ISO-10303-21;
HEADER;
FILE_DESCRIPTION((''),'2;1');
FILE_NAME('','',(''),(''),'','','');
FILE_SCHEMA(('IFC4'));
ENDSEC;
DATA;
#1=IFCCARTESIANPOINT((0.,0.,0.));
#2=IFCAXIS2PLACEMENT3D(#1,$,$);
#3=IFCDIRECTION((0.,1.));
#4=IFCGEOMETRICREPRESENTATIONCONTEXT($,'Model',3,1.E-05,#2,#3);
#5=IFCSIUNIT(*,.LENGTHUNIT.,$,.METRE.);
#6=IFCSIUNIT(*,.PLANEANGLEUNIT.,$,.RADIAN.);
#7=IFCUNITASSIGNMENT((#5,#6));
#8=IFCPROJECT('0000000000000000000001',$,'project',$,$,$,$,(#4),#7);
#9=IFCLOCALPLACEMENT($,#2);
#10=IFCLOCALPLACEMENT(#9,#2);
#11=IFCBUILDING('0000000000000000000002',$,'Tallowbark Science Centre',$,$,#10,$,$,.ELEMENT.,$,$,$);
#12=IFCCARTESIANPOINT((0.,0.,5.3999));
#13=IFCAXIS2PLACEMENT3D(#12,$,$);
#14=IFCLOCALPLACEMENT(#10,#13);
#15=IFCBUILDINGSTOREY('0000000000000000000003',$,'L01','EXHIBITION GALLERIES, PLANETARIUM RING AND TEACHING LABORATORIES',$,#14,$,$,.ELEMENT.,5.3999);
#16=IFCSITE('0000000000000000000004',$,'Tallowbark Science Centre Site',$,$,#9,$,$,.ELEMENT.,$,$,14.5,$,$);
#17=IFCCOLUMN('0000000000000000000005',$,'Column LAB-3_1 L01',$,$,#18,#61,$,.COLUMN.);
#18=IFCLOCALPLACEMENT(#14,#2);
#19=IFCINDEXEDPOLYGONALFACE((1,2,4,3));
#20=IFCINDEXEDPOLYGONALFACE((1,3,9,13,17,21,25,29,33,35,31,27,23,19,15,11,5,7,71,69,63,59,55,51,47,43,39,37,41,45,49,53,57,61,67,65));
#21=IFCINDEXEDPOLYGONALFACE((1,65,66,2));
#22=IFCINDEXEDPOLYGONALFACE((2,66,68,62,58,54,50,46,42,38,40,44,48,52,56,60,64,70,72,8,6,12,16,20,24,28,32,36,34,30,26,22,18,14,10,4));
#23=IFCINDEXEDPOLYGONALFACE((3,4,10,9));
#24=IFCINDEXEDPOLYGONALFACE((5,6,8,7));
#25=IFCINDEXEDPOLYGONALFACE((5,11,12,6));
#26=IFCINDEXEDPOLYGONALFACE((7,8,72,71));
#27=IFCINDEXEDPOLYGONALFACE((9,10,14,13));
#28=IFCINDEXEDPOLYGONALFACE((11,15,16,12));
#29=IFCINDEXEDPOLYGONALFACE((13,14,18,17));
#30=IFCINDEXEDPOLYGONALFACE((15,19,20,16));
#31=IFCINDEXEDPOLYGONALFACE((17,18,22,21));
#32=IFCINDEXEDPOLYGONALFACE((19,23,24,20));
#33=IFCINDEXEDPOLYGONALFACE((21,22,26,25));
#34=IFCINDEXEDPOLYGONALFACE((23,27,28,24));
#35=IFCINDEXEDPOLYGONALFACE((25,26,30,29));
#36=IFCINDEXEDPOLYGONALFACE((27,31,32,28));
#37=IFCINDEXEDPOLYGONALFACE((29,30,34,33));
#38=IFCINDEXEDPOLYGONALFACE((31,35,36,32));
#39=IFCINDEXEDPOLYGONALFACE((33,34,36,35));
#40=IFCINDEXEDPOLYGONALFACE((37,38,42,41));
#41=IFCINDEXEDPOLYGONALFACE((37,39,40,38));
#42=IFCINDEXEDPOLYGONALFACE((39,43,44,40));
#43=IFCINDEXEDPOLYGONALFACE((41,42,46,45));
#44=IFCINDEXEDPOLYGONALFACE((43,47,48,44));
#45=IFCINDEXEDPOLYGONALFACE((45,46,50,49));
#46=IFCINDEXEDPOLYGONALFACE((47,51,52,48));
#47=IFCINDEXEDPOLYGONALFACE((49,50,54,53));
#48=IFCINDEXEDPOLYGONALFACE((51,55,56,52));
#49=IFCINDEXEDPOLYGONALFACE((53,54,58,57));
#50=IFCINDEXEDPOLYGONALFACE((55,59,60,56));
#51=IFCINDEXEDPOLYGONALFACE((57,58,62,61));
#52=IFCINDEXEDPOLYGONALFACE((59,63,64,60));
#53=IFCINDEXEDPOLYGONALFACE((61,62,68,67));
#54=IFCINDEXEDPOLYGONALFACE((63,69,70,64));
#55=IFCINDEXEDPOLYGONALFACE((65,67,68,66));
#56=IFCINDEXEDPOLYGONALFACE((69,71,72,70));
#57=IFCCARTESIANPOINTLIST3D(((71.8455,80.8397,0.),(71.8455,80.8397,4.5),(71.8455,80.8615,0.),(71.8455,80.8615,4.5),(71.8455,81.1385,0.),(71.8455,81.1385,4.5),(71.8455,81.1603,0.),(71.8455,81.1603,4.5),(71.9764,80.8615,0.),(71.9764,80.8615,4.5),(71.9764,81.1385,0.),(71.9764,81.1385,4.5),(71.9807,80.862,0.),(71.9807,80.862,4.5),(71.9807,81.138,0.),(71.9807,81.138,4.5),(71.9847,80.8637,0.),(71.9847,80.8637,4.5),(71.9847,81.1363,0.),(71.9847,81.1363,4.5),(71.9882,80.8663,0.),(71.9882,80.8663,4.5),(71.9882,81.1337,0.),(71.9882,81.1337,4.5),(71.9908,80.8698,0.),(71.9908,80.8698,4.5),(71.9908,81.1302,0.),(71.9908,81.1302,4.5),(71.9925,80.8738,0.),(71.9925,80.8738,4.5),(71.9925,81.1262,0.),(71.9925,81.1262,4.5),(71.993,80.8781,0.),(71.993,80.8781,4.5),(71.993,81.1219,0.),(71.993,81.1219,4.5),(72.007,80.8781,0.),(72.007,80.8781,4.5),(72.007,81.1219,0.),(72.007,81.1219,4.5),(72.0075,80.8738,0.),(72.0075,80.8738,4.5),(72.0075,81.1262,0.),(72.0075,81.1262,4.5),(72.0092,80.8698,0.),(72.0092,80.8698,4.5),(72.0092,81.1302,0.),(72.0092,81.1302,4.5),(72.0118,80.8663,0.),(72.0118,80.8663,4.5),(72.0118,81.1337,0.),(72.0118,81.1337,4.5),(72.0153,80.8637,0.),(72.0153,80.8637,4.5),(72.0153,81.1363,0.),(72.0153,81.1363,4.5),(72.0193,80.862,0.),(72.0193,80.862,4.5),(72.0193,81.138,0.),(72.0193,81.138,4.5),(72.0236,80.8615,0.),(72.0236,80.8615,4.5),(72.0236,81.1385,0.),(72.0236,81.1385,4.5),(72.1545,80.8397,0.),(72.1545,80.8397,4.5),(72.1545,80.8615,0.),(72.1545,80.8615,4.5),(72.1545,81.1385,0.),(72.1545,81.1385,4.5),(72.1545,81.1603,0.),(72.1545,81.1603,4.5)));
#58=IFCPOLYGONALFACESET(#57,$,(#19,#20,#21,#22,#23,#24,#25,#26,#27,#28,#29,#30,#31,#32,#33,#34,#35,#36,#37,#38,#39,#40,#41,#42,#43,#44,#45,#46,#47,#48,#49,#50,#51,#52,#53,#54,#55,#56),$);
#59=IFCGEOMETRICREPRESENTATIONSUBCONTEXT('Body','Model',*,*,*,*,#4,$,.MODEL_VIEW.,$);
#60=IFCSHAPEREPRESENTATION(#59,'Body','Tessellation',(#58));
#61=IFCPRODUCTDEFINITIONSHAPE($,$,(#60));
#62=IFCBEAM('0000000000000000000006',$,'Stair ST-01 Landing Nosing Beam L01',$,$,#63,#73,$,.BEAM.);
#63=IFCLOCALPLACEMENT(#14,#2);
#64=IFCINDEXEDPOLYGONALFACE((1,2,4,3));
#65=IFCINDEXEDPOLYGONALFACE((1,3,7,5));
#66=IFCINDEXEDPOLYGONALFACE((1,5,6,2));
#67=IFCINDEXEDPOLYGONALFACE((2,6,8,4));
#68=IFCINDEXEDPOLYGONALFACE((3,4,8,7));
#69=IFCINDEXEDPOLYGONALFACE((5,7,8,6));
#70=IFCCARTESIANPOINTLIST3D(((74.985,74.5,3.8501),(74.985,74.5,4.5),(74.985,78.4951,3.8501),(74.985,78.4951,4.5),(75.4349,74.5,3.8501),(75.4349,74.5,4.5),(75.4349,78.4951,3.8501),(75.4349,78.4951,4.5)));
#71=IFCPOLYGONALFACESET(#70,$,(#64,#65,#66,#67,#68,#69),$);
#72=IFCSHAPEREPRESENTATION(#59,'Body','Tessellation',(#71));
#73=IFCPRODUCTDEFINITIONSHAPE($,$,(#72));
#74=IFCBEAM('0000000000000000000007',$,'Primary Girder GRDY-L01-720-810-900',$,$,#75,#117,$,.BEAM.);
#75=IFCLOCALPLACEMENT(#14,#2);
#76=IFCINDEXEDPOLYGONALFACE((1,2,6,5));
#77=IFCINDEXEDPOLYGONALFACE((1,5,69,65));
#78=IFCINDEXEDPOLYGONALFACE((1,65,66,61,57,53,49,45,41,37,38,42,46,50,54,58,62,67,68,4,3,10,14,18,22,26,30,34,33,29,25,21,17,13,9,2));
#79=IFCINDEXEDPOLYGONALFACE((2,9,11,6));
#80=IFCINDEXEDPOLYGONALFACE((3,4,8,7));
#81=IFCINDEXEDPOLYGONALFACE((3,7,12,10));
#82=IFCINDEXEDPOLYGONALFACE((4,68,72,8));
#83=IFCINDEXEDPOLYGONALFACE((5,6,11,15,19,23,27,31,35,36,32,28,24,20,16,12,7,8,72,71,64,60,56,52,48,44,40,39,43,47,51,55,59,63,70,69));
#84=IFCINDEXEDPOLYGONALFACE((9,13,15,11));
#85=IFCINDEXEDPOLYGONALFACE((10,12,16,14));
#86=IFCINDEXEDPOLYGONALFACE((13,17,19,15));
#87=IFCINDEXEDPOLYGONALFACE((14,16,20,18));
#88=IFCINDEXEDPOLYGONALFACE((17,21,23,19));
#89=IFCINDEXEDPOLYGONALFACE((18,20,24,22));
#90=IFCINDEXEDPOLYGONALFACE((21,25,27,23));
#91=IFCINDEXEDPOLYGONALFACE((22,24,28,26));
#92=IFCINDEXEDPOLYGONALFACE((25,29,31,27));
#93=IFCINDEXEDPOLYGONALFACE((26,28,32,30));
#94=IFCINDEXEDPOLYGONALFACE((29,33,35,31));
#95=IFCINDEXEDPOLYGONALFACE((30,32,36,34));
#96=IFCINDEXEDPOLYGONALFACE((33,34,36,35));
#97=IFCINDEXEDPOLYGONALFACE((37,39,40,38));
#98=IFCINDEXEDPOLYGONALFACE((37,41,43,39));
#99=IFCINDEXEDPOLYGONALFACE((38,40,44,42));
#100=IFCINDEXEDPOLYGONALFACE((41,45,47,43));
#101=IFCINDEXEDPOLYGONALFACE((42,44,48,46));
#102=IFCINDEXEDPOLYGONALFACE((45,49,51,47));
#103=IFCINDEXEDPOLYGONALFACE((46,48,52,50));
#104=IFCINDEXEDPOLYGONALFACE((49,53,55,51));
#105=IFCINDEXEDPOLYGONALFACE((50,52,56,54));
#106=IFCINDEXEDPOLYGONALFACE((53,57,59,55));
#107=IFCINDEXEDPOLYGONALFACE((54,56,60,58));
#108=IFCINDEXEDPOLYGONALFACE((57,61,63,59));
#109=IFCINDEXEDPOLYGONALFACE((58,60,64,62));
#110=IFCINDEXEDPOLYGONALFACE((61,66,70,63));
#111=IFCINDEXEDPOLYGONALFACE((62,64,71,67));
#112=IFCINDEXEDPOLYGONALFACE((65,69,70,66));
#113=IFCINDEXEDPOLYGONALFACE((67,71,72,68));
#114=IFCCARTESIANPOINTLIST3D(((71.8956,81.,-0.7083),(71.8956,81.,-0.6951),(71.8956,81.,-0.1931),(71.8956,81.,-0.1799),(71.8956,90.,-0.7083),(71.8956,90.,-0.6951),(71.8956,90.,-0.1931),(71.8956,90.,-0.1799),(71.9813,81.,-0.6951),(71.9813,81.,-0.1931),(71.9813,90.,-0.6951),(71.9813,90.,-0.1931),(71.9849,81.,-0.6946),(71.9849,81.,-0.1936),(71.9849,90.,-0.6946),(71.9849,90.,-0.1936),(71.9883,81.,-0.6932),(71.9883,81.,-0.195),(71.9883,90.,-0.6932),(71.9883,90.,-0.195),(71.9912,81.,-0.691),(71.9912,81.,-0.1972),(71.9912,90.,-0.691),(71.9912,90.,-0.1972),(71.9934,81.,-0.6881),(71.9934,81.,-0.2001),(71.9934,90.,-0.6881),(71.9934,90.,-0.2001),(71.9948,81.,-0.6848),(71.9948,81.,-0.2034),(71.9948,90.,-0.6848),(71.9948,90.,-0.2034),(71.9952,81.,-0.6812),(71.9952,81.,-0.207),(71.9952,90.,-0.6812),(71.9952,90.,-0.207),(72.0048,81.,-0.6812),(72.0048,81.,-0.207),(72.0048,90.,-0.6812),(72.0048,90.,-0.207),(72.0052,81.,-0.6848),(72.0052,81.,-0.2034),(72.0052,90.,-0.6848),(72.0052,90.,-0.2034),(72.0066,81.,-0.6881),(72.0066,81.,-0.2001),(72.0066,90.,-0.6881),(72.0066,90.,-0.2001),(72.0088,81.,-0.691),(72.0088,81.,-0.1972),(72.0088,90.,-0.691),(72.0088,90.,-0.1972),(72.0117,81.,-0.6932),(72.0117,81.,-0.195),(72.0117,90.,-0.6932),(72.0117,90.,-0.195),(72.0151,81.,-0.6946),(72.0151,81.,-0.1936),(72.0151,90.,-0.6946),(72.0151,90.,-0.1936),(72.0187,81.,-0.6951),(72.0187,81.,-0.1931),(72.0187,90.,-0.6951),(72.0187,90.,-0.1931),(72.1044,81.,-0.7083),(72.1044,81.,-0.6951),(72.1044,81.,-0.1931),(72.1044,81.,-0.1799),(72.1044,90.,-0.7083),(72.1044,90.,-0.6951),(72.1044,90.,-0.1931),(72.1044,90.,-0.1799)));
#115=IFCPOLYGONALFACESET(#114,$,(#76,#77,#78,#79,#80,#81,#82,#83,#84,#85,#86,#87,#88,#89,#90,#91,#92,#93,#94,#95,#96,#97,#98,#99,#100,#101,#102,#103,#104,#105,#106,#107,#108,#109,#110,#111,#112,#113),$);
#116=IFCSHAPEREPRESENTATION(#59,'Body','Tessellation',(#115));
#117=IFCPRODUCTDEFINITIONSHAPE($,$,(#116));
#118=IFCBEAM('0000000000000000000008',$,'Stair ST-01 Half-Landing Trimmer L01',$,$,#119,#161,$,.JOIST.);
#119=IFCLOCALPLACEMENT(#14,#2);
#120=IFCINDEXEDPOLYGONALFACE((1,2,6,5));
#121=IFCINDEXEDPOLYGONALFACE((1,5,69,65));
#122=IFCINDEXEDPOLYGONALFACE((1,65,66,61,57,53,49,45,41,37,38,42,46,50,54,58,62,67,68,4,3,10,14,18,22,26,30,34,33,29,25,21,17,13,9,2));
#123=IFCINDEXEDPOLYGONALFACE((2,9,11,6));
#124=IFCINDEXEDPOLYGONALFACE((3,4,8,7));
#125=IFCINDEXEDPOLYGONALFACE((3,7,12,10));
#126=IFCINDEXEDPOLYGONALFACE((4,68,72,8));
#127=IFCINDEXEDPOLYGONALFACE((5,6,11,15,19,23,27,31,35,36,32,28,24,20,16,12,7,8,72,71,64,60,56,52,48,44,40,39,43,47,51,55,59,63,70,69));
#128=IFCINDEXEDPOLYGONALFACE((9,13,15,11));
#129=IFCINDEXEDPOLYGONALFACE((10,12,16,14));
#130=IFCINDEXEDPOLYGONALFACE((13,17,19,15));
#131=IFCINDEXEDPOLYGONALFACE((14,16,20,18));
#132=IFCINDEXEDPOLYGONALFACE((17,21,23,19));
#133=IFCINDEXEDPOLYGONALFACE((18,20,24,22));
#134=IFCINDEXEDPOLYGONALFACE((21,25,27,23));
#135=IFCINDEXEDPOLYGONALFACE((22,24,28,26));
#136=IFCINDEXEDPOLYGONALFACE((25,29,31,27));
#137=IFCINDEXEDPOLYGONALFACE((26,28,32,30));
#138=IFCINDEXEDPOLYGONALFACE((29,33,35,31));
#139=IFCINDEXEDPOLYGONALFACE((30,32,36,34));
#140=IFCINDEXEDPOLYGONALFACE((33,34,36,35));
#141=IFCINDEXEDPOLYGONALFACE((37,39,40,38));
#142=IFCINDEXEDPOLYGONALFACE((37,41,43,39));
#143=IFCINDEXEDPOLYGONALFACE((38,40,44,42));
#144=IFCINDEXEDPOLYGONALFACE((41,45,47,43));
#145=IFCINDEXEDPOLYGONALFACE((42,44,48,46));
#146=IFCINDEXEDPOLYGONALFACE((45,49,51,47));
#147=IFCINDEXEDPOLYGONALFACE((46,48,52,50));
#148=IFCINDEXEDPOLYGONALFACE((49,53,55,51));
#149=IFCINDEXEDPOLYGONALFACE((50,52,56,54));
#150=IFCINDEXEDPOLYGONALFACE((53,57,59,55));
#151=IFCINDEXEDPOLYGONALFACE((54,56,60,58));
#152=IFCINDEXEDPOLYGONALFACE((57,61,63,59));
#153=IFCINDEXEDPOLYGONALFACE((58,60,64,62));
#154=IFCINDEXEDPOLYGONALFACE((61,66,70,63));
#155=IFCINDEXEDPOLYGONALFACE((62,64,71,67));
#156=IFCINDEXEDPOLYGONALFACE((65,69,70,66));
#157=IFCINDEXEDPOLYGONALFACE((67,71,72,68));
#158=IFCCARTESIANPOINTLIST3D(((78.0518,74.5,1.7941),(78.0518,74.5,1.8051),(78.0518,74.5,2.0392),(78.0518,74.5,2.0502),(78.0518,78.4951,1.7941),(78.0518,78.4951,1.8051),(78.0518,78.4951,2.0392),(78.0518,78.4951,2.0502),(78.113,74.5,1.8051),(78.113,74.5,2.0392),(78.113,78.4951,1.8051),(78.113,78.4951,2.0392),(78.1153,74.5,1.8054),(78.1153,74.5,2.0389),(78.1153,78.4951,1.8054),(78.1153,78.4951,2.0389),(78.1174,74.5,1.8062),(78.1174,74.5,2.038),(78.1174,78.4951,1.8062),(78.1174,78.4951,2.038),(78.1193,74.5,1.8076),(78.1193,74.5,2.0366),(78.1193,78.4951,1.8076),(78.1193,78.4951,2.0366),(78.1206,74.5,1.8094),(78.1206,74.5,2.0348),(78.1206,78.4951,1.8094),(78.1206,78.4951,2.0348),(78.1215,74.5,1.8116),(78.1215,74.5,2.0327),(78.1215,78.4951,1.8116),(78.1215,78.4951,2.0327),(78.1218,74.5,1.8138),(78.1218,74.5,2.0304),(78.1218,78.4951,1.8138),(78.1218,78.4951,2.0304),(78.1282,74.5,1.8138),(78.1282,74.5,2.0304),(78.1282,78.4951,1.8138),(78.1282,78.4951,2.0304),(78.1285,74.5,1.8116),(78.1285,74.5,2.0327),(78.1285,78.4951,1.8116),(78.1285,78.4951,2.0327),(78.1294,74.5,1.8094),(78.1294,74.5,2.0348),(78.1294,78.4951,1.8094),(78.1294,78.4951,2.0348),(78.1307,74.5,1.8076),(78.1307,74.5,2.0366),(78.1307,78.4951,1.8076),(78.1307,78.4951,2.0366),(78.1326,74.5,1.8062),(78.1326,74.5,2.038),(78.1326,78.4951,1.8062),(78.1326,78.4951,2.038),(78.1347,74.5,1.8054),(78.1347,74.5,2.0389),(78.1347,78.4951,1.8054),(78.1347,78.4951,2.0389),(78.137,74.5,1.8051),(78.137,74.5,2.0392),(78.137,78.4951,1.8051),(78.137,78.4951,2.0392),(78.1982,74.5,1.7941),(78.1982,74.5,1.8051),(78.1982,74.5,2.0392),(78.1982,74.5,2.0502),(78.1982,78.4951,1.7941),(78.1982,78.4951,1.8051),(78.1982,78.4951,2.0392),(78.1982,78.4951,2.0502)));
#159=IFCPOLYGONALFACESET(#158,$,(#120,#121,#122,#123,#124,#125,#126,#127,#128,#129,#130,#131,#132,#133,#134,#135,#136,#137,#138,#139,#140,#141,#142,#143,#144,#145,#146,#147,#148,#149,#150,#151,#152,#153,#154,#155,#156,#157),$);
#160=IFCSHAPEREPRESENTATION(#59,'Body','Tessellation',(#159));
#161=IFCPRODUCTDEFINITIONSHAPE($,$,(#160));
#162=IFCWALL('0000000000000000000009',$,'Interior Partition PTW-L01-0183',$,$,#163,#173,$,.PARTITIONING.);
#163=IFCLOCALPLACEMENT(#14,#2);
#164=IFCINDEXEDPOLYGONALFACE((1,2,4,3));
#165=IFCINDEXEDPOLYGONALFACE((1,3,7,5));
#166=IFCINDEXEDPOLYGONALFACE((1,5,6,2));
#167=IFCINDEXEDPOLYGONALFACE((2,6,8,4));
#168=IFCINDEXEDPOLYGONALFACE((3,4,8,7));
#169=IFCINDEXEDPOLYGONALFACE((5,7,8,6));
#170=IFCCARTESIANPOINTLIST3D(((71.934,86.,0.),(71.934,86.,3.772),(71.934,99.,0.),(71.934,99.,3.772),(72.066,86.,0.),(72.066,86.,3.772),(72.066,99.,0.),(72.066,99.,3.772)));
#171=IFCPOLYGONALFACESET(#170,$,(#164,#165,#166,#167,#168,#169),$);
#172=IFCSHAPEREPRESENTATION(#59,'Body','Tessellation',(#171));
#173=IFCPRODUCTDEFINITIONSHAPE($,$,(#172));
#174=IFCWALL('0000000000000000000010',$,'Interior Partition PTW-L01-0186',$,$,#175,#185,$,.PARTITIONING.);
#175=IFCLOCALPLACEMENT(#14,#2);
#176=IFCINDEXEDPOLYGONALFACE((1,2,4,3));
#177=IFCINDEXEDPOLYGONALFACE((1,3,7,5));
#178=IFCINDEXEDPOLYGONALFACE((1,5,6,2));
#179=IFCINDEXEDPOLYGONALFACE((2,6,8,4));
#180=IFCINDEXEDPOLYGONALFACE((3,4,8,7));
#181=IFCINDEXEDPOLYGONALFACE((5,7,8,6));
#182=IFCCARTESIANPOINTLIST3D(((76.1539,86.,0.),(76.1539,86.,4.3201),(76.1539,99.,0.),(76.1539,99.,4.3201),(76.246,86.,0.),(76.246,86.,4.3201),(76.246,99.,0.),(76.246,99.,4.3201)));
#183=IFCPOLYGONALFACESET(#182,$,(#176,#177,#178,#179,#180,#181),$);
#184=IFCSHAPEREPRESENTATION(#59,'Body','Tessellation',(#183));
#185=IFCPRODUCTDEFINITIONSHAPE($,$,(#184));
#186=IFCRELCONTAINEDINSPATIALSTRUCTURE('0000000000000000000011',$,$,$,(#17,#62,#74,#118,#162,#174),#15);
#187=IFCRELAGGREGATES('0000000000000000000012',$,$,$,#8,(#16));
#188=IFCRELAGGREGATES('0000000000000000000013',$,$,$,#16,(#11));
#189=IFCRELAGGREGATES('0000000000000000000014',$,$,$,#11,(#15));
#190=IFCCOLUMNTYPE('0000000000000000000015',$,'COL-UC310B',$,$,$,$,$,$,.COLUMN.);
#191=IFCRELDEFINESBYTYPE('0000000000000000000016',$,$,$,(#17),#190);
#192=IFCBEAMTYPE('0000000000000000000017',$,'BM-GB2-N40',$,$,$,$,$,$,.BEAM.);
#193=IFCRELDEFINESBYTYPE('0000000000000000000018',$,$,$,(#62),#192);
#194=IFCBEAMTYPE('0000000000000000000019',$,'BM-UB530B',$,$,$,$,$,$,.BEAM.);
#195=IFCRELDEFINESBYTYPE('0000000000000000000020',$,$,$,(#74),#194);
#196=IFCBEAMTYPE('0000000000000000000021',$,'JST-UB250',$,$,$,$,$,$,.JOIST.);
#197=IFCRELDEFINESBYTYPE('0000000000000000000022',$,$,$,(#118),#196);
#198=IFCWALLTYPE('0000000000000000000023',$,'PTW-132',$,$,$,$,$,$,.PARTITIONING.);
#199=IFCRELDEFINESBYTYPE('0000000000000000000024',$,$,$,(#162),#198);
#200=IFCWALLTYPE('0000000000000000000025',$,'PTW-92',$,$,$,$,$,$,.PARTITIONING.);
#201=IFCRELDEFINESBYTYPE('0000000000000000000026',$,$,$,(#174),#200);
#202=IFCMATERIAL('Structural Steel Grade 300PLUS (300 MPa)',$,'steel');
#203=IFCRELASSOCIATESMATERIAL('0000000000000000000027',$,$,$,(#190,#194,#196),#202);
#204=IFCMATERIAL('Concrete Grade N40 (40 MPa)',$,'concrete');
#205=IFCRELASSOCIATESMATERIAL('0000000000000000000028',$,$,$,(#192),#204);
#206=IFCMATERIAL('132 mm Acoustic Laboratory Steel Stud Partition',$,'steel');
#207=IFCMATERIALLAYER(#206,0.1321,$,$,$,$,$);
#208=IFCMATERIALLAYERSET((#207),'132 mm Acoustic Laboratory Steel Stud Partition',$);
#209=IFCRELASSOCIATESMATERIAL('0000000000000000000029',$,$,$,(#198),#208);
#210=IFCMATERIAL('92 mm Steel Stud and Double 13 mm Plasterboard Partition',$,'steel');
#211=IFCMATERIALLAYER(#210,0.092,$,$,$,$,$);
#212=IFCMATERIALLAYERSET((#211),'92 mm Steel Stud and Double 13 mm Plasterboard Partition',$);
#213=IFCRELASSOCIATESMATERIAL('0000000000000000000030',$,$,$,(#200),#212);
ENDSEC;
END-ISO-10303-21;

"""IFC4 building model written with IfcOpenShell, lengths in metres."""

from ifc_helpers import new_model, si_unit, direction, frame, frame_2d, origin, origin_2d, place, context, subcontext, project, spatial, rectangle, i_section, extrude, material, layer, layer_set, material_profile, profile_set, type_object, element, save


model = new_model("IFC4")

# Units and contexts
model_context = context("Model", 3, precision=1e-05, world=origin(), true_north=direction((0.0, 1.0)))
body_context = subcontext(model_context, "Body", "Model", "MODEL_VIEW")
ifc_project = project(units=[si_unit("LENGTHUNIT", "METRE"), si_unit("PLANEANGLEUNIT", "RADIAN")], contexts=[model_context])

# Site, building, storey
site_placement = place(None, origin())
site = spatial("IfcSite", under=ifc_project, at=site_placement, Name="Tallowbark Science Centre Site", CompositionType="ELEMENT", RefElevation=14.5)
building_placement = place(site_placement, origin())
building = spatial("IfcBuilding", under=site, at=building_placement, Name="Tallowbark Science Centre", CompositionType="ELEMENT")
storey_placement = place(building_placement, frame((0.0, 0.0, 5.3999)))
storey = spatial("IfcBuildingStorey", under=building, at=storey_placement, Name="L01", Description="EXHIBITION GALLERIES, PLANETARIUM RING AND TEACHING LABORATORIES", CompositionType="ELEMENT", Elevation=5.3999)

# Column
ifc_material_1 = material(Name="Structural Steel Grade 300PLUS (300 MPa)", Category="steel")
ifc_material_profile_1 = material_profile(ifc_material_1, i_section(OverallWidth=0.3091, OverallDepth=0.3206, WebThickness=0.0139, FlangeThickness=0.0217, FilletRadius=0.0166, at=origin_2d()), Name="310UC137")
ifc_profile_set_1 = profile_set([ifc_material_profile_1], Name="Structural Steel Grade 300PLUS (300 MPa)")
column_type = type_object("IfcColumnType", Name="COL-UC310B", PredefinedType="COLUMN", material=ifc_profile_set_1)
column_placement = place(storey_placement, frame((72.0, 81.0, 0.0), z_axis=(0.0, 0.0, 1.0), x_axis=(1.0, 0.0, 0.0)))
element("IfcColumn", 1, at=column_placement, inside=storey, type_object=column_type, Name="Column LAB-3_1 L01", PredefinedType="COLUMN", context=body_context, shape_type="SweptSolid", body=[
    extrude(i_section(OverallWidth=0.3091, OverallDepth=0.3206, WebThickness=0.0139, FlangeThickness=0.0217, FilletRadius=0.0166, at=origin_2d()), origin(), (0.0, 0.0, 1.0), 4.5),
])

# Beams
ifc_material_2 = material(Name="Concrete Grade N40 (40 MPa)", Category="concrete")
ifc_material_profile_2 = material_profile(ifc_material_2, rectangle(XDim=0.45, YDim=0.6499, at=origin_2d()), Name="RC450x650")
ifc_profile_set_2 = profile_set([ifc_material_profile_2], Name="Concrete Grade N40 (40 MPa)")
beam_type_1 = type_object("IfcBeamType", Name="BM-GB2-N40", PredefinedType="BEAM", material=ifc_profile_set_2)
beam_1_placement = place(storey_placement, frame((75.21, 74.5, 4.175), z_axis=(0.0, 1.0, 0.0), x_axis=(-1.0, 0.0, 0.0)))
element("IfcBeam", 2, at=beam_1_placement, inside=storey, type_object=beam_type_1, Name="Stair ST-01 Landing Nosing Beam L01", PredefinedType="BEAM", context=body_context, shape_type="SweptSolid", body=[
    extrude(rectangle(XDim=0.45, YDim=0.6499, at=origin_2d()), origin(), (0.0, 0.0, 1.0), 3.9951),
])
ifc_material_profile_3 = material_profile(ifc_material_1, i_section(OverallWidth=0.2087, OverallDepth=0.5283, WebThickness=0.0095, FlangeThickness=0.0132, FilletRadius=0.0139, at=origin_2d()), Name="530UB82.0")
ifc_profile_set_3 = profile_set([ifc_material_profile_3], Name="Structural Steel Grade 300PLUS (300 MPa)")
beam_type_2 = type_object("IfcBeamType", Name="BM-UB530B", PredefinedType="BEAM", material=ifc_profile_set_3)
beam_2_placement = place(storey_placement, frame((72.0, 81.0, -0.4441), z_axis=(0.0, 1.0, 0.0), x_axis=(-1.0, 0.0, 0.0)))
element("IfcBeam", 3, at=beam_2_placement, inside=storey, type_object=beam_type_2, Name="Primary Girder GRDY-L01-720-810-900", PredefinedType="BEAM", context=body_context, shape_type="SweptSolid", body=[
    extrude(i_section(OverallWidth=0.2087, OverallDepth=0.5283, WebThickness=0.0095, FlangeThickness=0.0132, FilletRadius=0.0139, at=origin_2d()), origin(), (0.0, 0.0, 1.0), 9.0),
])
ifc_material_profile_4 = material_profile(ifc_material_1, i_section(OverallWidth=0.1465, OverallDepth=0.2561, WebThickness=0.0063, FlangeThickness=0.011, FilletRadius=0.0088, at=origin_2d()), Name="250UB37.3")
ifc_profile_set_4 = profile_set([ifc_material_profile_4], Name="Structural Steel Grade 300PLUS (300 MPa)")
beam_type_3 = type_object("IfcBeamType", Name="JST-UB250", PredefinedType="JOIST", material=ifc_profile_set_4)
beam_3_placement = place(storey_placement, frame((78.125, 74.5, 1.9221), z_axis=(0.0, 1.0, 0.0), x_axis=(-1.0, 0.0, 0.0)))
element("IfcBeam", 4, at=beam_3_placement, inside=storey, type_object=beam_type_3, Name="Stair ST-01 Half-Landing Trimmer L01", PredefinedType="JOIST", context=body_context, shape_type="SweptSolid", body=[
    extrude(i_section(OverallWidth=0.1465, OverallDepth=0.2561, WebThickness=0.0063, FlangeThickness=0.011, FilletRadius=0.0088, at=origin_2d()), origin(), (0.0, 0.0, 1.0), 3.9951),
])

# Walls
ifc_material_3 = material(Name="132 mm Acoustic Laboratory Steel Stud Partition", Category="steel")
ifc_layer_1 = layer(ifc_material_3, 0.1321)
ifc_layer_set_1 = layer_set([ifc_layer_1], Name="132 mm Acoustic Laboratory Steel Stud Partition")
wall_type_1 = type_object("IfcWallType", Name="PTW-132", PredefinedType="PARTITIONING", material=ifc_layer_set_1)
wall_1_placement = place(storey_placement, frame((72.0, 86.0, 0.0), z_axis=(0.0, 0.0, 1.0), x_axis=(0.0, 1.0, 0.0)))
element("IfcWall", 5, at=wall_1_placement, inside=storey, type_object=wall_type_1, Name="Interior Partition PTW-L01-0183", PredefinedType="PARTITIONING", context=body_context, shape_type="SweptSolid", body=[
    extrude(rectangle(XDim=13.0, YDim=0.1321, at=frame_2d((6.5, 0.0))), origin(), (0.0, 0.0, 1.0), 3.772),
])
ifc_material_4 = material(Name="92 mm Steel Stud and Double 13 mm Plasterboard Partition", Category="steel")
ifc_layer_2 = layer(ifc_material_4, 0.092)
ifc_layer_set_2 = layer_set([ifc_layer_2], Name="92 mm Steel Stud and Double 13 mm Plasterboard Partition")
wall_type_2 = type_object("IfcWallType", Name="PTW-92", PredefinedType="PARTITIONING", material=ifc_layer_set_2)
wall_2_placement = place(storey_placement, frame((76.2, 86.0, 0.0), z_axis=(0.0, 0.0, 1.0), x_axis=(0.0, 1.0, 0.0)))
element("IfcWall", 6, at=wall_2_placement, inside=storey, type_object=wall_type_2, Name="Interior Partition PTW-L01-0186", PredefinedType="PARTITIONING", context=body_context, shape_type="SweptSolid", body=[
    extrude(rectangle(XDim=13.0, YDim=0.092, at=frame_2d((6.5, 0.0))), origin(), (0.0, 0.0, 1.0), 4.3201),
])

save(model, "model.ifc")
